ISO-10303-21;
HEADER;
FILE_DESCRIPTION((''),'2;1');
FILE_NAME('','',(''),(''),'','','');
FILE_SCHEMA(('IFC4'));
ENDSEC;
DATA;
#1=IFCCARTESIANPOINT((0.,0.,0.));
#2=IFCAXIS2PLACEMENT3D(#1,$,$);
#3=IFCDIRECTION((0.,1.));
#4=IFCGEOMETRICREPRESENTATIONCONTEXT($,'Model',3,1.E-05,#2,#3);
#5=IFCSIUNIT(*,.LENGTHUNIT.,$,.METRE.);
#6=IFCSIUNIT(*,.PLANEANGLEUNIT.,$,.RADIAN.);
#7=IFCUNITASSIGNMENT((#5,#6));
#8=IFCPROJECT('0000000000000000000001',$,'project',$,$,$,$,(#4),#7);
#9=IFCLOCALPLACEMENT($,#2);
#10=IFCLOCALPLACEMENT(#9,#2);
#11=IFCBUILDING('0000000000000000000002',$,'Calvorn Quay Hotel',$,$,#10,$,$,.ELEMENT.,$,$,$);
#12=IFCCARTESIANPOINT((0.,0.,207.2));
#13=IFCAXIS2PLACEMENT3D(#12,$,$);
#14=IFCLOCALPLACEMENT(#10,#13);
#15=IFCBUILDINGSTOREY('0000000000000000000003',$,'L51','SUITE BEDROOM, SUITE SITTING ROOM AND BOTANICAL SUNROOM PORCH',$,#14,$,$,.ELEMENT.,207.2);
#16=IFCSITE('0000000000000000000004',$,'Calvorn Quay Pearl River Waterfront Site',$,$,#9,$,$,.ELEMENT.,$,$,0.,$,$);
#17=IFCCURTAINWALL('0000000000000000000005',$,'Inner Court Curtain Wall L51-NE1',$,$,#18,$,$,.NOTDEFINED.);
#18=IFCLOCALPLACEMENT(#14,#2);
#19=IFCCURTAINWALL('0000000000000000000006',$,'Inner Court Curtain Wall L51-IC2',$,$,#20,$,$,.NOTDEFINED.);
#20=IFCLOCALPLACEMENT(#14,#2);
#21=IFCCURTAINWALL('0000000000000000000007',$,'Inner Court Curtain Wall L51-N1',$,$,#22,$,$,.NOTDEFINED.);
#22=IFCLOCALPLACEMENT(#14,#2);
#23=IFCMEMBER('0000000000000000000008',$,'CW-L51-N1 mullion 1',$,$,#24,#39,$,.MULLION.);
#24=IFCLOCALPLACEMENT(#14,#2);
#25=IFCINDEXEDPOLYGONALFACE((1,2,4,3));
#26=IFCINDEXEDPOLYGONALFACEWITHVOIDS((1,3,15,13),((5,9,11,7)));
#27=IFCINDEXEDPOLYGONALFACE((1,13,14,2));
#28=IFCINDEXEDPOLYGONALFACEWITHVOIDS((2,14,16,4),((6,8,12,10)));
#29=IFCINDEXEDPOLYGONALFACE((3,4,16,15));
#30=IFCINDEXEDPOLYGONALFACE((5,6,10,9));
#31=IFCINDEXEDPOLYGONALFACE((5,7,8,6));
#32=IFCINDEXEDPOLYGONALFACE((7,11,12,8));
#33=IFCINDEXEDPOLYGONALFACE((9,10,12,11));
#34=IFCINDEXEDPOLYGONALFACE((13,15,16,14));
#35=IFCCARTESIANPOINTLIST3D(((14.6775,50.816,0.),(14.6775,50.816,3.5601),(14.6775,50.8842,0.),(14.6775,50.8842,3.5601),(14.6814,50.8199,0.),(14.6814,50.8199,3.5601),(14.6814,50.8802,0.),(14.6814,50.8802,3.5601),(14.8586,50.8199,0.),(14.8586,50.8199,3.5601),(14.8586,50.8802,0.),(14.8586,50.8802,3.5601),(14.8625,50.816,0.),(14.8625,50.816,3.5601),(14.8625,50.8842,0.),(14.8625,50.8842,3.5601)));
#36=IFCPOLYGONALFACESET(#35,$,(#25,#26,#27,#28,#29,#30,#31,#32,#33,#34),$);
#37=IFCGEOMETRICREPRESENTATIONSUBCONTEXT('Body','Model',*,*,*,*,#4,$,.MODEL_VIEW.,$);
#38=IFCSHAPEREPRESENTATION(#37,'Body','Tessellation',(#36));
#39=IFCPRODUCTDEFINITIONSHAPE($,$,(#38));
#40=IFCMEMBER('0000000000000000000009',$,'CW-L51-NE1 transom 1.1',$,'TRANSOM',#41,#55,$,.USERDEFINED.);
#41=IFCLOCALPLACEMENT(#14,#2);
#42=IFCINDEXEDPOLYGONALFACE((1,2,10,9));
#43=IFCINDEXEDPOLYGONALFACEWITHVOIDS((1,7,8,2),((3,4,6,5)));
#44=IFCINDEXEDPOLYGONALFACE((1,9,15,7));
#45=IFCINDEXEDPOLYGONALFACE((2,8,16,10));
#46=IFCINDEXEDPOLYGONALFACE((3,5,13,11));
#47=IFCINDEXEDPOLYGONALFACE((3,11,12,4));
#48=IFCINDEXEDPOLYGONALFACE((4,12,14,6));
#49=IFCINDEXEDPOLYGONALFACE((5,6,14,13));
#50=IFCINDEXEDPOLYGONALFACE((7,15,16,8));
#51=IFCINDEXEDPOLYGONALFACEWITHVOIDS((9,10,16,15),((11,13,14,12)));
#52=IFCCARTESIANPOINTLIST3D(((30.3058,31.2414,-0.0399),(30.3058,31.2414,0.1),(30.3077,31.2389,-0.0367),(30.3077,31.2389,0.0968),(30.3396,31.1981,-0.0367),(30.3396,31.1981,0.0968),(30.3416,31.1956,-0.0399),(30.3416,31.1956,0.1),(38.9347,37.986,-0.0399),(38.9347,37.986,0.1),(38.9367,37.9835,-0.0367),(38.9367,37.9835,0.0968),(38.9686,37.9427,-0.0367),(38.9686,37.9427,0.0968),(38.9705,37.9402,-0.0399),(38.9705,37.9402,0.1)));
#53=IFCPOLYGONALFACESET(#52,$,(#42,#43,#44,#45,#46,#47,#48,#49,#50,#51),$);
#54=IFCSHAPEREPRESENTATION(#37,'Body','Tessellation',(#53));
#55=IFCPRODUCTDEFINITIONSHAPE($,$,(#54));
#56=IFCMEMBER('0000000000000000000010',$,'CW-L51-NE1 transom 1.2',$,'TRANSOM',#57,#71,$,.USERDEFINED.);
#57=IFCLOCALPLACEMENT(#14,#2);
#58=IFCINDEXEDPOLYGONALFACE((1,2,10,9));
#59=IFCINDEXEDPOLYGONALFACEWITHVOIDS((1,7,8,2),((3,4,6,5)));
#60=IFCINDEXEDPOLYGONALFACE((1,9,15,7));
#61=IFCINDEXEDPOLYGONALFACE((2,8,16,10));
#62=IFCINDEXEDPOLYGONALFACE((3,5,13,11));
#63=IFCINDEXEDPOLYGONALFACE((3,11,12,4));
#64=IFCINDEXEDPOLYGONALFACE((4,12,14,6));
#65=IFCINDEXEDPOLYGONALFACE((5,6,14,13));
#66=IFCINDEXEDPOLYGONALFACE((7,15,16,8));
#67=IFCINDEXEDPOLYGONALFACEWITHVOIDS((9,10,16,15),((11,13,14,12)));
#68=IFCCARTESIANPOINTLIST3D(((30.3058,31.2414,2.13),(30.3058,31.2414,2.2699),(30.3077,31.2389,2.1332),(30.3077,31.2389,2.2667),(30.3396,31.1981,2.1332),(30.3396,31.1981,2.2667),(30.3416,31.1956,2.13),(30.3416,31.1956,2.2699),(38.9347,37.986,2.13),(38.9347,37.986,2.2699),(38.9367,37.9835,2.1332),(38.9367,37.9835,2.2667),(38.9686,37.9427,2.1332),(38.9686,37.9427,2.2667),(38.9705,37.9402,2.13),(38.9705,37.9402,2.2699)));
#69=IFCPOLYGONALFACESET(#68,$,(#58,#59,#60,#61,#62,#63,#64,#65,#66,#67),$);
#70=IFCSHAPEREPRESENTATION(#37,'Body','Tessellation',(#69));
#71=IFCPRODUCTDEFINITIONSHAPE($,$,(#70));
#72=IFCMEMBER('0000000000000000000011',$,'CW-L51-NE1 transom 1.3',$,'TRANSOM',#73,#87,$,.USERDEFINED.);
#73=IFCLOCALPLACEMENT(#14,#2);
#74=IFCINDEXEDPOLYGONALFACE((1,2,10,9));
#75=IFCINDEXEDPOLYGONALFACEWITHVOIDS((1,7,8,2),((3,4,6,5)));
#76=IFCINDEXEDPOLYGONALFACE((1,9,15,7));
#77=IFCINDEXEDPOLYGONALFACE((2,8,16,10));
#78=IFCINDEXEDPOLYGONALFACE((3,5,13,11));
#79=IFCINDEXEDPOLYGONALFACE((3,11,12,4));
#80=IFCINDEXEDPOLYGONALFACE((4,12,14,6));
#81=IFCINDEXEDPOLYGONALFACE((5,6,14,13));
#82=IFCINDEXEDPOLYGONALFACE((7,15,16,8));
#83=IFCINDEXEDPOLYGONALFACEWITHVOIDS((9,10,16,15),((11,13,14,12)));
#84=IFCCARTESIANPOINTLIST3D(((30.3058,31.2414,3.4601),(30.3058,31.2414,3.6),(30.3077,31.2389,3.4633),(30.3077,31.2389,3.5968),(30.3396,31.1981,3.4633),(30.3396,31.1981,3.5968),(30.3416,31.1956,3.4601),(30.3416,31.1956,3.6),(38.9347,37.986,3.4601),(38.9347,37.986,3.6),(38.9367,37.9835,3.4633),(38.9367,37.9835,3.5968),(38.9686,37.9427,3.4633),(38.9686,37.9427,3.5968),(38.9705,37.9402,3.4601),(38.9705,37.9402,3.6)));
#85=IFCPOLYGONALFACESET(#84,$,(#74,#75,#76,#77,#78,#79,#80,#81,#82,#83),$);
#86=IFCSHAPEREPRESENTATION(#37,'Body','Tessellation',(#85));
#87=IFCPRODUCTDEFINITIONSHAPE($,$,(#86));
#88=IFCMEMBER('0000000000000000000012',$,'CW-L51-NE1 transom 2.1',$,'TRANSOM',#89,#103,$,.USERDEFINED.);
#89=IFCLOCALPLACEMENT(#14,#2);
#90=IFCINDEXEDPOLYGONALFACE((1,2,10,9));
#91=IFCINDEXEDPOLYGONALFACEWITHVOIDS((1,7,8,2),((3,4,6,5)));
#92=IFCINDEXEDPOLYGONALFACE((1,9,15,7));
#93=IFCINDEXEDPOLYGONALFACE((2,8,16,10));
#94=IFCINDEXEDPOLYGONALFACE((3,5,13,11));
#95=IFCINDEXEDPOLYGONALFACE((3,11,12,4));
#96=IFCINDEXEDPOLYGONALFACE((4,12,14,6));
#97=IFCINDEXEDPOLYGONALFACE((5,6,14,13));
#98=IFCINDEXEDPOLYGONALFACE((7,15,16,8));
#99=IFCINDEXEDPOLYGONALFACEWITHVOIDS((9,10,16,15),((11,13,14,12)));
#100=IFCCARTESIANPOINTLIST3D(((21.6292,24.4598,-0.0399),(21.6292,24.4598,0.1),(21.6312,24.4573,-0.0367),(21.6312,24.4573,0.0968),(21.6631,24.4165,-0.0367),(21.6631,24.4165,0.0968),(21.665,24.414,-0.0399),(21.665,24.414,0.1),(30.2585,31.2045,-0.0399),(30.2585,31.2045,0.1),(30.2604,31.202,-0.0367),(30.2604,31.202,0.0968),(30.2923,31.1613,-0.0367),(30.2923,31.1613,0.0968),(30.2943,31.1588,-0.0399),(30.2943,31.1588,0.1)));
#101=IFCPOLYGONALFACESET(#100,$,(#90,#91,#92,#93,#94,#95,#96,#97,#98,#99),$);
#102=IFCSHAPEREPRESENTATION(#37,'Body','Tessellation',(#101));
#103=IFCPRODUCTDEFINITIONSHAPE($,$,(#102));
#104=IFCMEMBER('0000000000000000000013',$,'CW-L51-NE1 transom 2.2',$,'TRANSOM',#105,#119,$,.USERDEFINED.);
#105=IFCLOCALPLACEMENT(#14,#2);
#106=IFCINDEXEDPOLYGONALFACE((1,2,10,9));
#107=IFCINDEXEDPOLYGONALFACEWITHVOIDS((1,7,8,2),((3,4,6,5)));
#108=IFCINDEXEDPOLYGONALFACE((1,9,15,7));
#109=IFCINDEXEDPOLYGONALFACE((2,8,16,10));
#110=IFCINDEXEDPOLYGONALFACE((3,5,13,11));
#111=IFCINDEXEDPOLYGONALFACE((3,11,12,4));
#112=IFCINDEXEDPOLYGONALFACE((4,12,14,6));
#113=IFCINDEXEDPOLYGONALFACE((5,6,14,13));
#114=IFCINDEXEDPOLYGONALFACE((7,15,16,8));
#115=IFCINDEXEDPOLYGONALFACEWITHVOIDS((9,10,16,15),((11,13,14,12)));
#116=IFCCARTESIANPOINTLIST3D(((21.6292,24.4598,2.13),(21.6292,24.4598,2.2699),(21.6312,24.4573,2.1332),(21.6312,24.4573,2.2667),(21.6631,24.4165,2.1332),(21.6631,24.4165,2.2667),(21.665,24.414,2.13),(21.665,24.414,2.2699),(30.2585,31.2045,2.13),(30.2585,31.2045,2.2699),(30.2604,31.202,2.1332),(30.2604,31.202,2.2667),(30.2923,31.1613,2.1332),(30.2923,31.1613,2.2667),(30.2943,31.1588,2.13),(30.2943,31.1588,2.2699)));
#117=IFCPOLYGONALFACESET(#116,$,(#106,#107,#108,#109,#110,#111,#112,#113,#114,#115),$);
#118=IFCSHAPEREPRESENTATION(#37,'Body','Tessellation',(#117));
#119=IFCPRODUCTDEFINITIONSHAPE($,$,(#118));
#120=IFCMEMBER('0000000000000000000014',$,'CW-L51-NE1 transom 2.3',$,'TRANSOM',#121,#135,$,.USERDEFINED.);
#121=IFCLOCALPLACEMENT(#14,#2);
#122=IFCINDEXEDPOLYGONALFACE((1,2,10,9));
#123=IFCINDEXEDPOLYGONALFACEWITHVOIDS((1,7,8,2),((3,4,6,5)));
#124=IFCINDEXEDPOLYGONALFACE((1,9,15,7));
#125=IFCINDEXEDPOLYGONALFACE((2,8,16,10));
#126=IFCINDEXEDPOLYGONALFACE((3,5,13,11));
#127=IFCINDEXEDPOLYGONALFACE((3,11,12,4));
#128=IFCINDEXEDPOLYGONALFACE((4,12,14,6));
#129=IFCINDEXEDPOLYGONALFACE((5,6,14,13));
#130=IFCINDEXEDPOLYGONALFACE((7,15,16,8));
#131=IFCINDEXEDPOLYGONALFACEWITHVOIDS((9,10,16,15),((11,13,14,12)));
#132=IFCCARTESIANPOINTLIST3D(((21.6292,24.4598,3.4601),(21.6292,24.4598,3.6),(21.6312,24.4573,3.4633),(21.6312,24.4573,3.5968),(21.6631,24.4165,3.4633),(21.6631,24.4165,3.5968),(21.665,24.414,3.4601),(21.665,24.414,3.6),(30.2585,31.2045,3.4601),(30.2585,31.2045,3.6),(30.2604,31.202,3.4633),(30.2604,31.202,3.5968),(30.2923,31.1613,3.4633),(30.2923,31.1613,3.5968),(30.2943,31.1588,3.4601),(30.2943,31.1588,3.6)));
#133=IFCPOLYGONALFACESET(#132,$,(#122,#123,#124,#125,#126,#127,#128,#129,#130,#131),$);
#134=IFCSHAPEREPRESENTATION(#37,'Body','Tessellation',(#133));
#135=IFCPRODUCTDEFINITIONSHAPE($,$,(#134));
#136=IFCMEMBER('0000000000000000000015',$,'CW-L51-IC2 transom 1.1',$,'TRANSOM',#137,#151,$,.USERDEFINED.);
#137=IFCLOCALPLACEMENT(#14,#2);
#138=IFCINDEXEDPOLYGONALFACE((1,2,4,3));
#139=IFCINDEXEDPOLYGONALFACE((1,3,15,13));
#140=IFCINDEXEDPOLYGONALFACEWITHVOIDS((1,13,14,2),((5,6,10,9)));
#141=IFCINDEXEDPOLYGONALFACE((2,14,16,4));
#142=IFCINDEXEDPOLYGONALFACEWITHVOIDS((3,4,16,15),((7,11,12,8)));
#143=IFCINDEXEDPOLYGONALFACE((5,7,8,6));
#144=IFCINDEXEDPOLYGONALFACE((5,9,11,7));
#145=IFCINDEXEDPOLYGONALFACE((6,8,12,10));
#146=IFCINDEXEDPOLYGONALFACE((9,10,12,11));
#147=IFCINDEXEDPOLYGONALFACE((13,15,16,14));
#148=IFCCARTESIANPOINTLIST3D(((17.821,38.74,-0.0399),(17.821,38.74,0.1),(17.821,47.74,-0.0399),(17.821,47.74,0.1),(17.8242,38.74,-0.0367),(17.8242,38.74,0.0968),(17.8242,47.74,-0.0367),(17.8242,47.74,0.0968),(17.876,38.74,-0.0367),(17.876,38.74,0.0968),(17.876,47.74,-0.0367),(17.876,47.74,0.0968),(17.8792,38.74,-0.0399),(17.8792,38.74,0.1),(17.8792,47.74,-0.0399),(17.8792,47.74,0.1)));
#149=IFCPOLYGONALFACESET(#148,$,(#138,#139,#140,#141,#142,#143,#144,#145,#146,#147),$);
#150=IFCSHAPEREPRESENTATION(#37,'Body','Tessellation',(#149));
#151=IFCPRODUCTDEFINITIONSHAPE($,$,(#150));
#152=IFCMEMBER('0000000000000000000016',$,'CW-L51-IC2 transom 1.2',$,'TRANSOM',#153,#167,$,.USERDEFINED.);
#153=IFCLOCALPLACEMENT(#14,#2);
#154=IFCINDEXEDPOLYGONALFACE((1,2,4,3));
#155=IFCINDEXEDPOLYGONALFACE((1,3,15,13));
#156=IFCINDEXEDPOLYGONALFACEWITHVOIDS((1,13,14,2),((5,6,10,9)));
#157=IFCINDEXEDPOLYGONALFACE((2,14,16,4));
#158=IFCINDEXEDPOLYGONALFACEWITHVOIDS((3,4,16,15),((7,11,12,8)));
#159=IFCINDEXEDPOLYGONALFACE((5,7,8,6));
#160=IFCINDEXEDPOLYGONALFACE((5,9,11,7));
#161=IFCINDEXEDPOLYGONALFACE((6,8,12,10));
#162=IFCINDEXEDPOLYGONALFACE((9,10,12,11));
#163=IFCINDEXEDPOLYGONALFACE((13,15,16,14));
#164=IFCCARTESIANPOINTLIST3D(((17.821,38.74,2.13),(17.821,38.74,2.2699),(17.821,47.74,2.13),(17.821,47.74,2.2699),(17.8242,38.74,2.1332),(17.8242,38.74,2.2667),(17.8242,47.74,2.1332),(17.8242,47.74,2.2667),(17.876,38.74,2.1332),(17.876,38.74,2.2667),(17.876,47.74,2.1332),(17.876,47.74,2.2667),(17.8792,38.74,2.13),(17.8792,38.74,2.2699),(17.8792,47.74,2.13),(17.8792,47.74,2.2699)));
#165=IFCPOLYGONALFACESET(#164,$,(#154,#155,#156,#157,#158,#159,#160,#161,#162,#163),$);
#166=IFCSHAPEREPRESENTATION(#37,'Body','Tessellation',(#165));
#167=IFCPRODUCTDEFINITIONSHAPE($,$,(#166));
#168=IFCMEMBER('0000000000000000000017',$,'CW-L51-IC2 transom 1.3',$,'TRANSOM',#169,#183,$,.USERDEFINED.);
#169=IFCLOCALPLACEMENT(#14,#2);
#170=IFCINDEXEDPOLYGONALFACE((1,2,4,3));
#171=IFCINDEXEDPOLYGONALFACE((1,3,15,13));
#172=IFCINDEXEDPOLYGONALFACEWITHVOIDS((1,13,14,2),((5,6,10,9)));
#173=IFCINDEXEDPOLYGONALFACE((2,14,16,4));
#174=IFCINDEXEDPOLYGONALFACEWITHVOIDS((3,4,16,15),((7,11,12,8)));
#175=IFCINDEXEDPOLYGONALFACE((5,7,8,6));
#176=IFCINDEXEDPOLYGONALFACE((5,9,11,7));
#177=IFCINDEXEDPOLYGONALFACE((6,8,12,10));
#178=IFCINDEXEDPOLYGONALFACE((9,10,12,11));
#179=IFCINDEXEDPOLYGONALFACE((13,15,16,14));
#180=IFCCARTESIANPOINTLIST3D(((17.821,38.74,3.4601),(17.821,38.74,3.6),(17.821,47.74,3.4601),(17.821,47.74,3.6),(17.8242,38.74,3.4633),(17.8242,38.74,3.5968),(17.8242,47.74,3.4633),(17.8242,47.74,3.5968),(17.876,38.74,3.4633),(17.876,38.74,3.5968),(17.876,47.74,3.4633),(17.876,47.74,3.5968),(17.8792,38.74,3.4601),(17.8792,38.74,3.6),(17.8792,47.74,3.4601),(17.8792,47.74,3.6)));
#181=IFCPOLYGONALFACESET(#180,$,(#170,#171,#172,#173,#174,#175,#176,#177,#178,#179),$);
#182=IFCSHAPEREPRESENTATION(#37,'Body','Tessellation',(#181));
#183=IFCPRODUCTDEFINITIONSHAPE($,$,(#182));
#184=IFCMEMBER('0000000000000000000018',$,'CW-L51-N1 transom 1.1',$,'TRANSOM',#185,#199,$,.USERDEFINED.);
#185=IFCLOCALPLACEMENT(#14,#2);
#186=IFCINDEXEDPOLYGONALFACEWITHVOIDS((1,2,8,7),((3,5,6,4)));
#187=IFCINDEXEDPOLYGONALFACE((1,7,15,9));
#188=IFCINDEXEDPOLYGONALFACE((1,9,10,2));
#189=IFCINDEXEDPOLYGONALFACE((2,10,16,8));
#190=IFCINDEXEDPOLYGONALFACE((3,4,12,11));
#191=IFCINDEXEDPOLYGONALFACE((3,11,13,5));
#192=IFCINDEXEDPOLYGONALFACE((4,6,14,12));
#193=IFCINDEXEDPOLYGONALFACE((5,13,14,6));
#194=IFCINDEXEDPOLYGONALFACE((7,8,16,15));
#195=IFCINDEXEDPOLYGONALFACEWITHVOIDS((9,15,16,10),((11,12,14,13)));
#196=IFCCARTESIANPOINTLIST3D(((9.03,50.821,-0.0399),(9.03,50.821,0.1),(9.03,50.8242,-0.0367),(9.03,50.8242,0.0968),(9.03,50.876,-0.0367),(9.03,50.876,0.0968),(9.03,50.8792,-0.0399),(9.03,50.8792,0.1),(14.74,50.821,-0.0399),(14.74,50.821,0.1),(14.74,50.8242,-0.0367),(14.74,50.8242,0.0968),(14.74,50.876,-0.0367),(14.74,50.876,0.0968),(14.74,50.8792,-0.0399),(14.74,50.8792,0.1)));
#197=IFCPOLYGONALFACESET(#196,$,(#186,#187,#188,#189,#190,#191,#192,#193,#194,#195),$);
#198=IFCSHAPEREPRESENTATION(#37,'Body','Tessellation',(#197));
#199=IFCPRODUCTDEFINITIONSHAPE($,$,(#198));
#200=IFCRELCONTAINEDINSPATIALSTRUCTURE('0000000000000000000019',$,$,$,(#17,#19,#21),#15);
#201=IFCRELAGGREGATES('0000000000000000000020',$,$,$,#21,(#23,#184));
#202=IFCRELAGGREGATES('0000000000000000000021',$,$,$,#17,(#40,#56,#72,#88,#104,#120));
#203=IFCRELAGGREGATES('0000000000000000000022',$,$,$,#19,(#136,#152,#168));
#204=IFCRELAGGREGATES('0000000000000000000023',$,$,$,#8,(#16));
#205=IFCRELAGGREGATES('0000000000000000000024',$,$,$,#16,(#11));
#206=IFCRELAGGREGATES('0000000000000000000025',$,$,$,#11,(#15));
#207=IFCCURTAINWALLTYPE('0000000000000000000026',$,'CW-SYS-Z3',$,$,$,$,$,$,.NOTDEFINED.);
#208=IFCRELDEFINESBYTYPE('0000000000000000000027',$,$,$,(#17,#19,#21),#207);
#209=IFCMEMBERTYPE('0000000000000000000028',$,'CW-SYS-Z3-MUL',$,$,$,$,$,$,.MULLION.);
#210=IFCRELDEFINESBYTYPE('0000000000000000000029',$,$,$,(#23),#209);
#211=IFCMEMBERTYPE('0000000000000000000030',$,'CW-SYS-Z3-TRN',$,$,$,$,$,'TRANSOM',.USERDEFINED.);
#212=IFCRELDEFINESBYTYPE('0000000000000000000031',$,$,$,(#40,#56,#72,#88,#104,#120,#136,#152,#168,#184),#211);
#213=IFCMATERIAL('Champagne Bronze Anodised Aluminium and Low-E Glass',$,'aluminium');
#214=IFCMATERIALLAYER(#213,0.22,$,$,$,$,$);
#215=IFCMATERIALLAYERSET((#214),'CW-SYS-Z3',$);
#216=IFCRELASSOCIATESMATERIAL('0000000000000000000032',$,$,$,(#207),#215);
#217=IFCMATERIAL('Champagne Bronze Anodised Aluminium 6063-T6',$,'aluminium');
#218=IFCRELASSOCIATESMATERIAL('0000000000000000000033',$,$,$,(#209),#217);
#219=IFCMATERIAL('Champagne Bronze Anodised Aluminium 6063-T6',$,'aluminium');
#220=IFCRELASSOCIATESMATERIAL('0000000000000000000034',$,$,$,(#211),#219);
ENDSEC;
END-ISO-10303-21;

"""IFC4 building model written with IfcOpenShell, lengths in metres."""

from ifc_helpers import new_model, si_unit, direction, frame, origin, origin_2d, place, context, subcontext, project, spatial, hollow_rectangle, extrude, material, layer, layer_set, material_profile, profile_set, type_object, element, aggregate, save


model = new_model("IFC4")

# Units and contexts
model_context = context("Model", 3, precision=1e-05, world=origin(), true_north=direction((0.0, 1.0)))
body_context = subcontext(model_context, "Body", "Model", "MODEL_VIEW")
ifc_project = project(units=[si_unit("LENGTHUNIT", "METRE"), si_unit("PLANEANGLEUNIT", "RADIAN")], contexts=[model_context])

# Site, building, storey
site_placement = place(None, origin())
site = spatial("IfcSite", under=ifc_project, at=site_placement, Name="Calvorn Quay Pearl River Waterfront Site", CompositionType="ELEMENT", RefElevation=0.0)
building_placement = place(site_placement, origin())
building = spatial("IfcBuilding", under=site, at=building_placement, Name="Calvorn Quay Hotel", CompositionType="ELEMENT")
storey_placement = place(building_placement, frame((0.0, 0.0, 207.2)))
storey = spatial("IfcBuildingStorey", under=building, at=storey_placement, Name="L51", Description="SUITE BEDROOM, SUITE SITTING ROOM AND BOTANICAL SUNROOM PORCH", CompositionType="ELEMENT", Elevation=207.2)

# Curtain wall
ifc_material_1 = material(Name="Champagne Bronze Anodised Aluminium and Low-E Glass", Category="aluminium")
ifc_layer_1 = layer(ifc_material_1, 0.22)
ifc_layer_set_1 = layer_set([ifc_layer_1], Name="CW-SYS-Z3")
curtain_wall_type = type_object("IfcCurtainWallType", Name="CW-SYS-Z3", PredefinedType="NOTDEFINED", material=ifc_layer_set_1)
curtain_wall_1_placement = place(storey_placement, origin())
curtain_wall_1 = element("IfcCurtainWall", 1, at=curtain_wall_1_placement, inside=storey, type_object=curtain_wall_type, Name="Inner Court Curtain Wall L51-NE1", PredefinedType="NOTDEFINED")
ifc_material_2 = material(Name="Champagne Bronze Anodised Aluminium 6063-T6", Category="aluminium")
ifc_material_profile_1 = material_profile(ifc_material_2, hollow_rectangle(XDim=0.0681, YDim=0.1851, WallThickness=0.0039, at=origin_2d()), Name="ALU-M185x68x4")
ifc_profile_set_1 = profile_set([ifc_material_profile_1], Name="Champagne Bronze Anodised Aluminium 6063-T6")
member_type_1 = type_object("IfcMemberType", Name="CW-SYS-Z3-MUL", PredefinedType="MULLION", material=ifc_profile_set_1)

# Curtain wall
curtain_wall_2_placement = place(storey_placement, origin())
curtain_wall_2 = element("IfcCurtainWall", 2, at=curtain_wall_2_placement, inside=storey, type_object=curtain_wall_type, Name="Inner Court Curtain Wall L51-IC2", PredefinedType="NOTDEFINED")

# Curtain wall, member
curtain_wall_3_placement = place(storey_placement, origin())
curtain_wall_3 = element("IfcCurtainWall", 3, at=curtain_wall_3_placement, inside=storey, type_object=curtain_wall_type, Name="Inner Court Curtain Wall L51-N1", PredefinedType="NOTDEFINED")
member_1_placement = place(storey_placement, frame((14.77, 50.8501, 0.0), z_axis=(0.0, 0.0, 1.0), x_axis=(0.0, -1.0, 0.0)))
member_1 = element("IfcMember", 4, at=member_1_placement, type_object=member_type_1, Name="CW-L51-N1 mullion 1", PredefinedType="MULLION", context=body_context, shape_type="SweptSolid", body=[
    extrude(hollow_rectangle(XDim=0.0681, YDim=0.1851, WallThickness=0.0039, at=origin_2d()), origin(), (0.0, 0.0, 1.0), 3.5601),
])

# Members
ifc_material_3 = material(Name="Champagne Bronze Anodised Aluminium 6063-T6", Category="aluminium")
ifc_material_profile_2 = material_profile(ifc_material_3, hollow_rectangle(XDim=0.0581, YDim=0.1399, WallThickness=0.0032, at=origin_2d()), Name="ALU-T140x58x3.2")
ifc_profile_set_2 = profile_set([ifc_material_profile_2], Name="Champagne Bronze Anodised Aluminium 6063-T6")
member_type_2 = type_object("IfcMemberType", Name="CW-SYS-Z3-TRN", ElementType="TRANSOM", PredefinedType="USERDEFINED", material=ifc_profile_set_2)
member_2_placement = place(storey_placement, frame((38.9526, 37.9631, 0.03), z_axis=(-0.787878, -0.615831, 0.0), x_axis=(0.615831, -0.787878, 0.0)))
member_2 = element("IfcMember", 5, at=member_2_placement, type_object=member_type_2, Name="CW-L51-NE1 transom 1.1", ObjectType="TRANSOM", PredefinedType="USERDEFINED", context=body_context, shape_type="SweptSolid", body=[
    extrude(hollow_rectangle(XDim=0.0581, YDim=0.1399, WallThickness=0.0032, at=origin_2d()), origin(), (0.0, 0.0, 1.0), 10.9521),
])
member_3_placement = place(storey_placement, frame((38.9526, 37.9631, 2.2), z_axis=(-0.787878, -0.615831, 0.0), x_axis=(0.615831, -0.787878, 0.0)))
member_3 = element("IfcMember", 6, at=member_3_placement, type_object=member_type_2, Name="CW-L51-NE1 transom 1.2", ObjectType="TRANSOM", PredefinedType="USERDEFINED", context=body_context, shape_type="SweptSolid", body=[
    extrude(hollow_rectangle(XDim=0.0581, YDim=0.1399, WallThickness=0.0032, at=origin_2d()), origin(), (0.0, 0.0, 1.0), 10.9521),
])
member_4_placement = place(storey_placement, frame((38.9526, 37.9631, 3.53), z_axis=(-0.787878, -0.615831, 0.0), x_axis=(0.615831, -0.787878, 0.0)))
member_4 = element("IfcMember", 7, at=member_4_placement, type_object=member_type_2, Name="CW-L51-NE1 transom 1.3", ObjectType="TRANSOM", PredefinedType="USERDEFINED", context=body_context, shape_type="SweptSolid", body=[
    extrude(hollow_rectangle(XDim=0.0581, YDim=0.1399, WallThickness=0.0032, at=origin_2d()), origin(), (0.0, 0.0, 1.0), 10.9521),
])
member_5_placement = place(storey_placement, frame((30.2764, 31.1816, 0.03), z_axis=(-0.787887, -0.61582, 0.0), x_axis=(0.61582, -0.787887, 0.0)))
member_5 = element("IfcMember", 8, at=member_5_placement, type_object=member_type_2, Name="CW-L51-NE1 transom 2.1", ObjectType="TRANSOM", PredefinedType="USERDEFINED", context=body_context, shape_type="SweptSolid", body=[
    extrude(hollow_rectangle(XDim=0.0581, YDim=0.1399, WallThickness=0.0032, at=origin_2d()), origin(), (0.0, 0.0, 1.0), 10.9524),
])
member_6_placement = place(storey_placement, frame((30.2764, 31.1816, 2.2), z_axis=(-0.787887, -0.61582, 0.0), x_axis=(0.61582, -0.787887, 0.0)))
member_6 = element("IfcMember", 9, at=member_6_placement, type_object=member_type_2, Name="CW-L51-NE1 transom 2.2", ObjectType="TRANSOM", PredefinedType="USERDEFINED", context=body_context, shape_type="SweptSolid", body=[
    extrude(hollow_rectangle(XDim=0.0581, YDim=0.1399, WallThickness=0.0032, at=origin_2d()), origin(), (0.0, 0.0, 1.0), 10.9524),
])
member_7_placement = place(storey_placement, frame((30.2764, 31.1816, 3.53), z_axis=(-0.787887, -0.61582, 0.0), x_axis=(0.61582, -0.787887, 0.0)))
member_7 = element("IfcMember", 10, at=member_7_placement, type_object=member_type_2, Name="CW-L51-NE1 transom 2.3", ObjectType="TRANSOM", PredefinedType="USERDEFINED", context=body_context, shape_type="SweptSolid", body=[
    extrude(hollow_rectangle(XDim=0.0581, YDim=0.1399, WallThickness=0.0032, at=origin_2d()), origin(), (0.0, 0.0, 1.0), 10.9524),
])
member_8_placement = place(storey_placement, frame((17.8501, 38.74, 0.03), z_axis=(0.0, 1.0, 0.0), x_axis=(-1.0, 0.0, 0.0)))
member_8 = element("IfcMember", 11, at=member_8_placement, type_object=member_type_2, Name="CW-L51-IC2 transom 1.1", ObjectType="TRANSOM", PredefinedType="USERDEFINED", context=body_context, shape_type="SweptSolid", body=[
    extrude(hollow_rectangle(XDim=0.0581, YDim=0.1399, WallThickness=0.0032, at=origin_2d()), origin(), (0.0, 0.0, 1.0), 9.0),
])
member_9_placement = place(storey_placement, frame((17.8501, 38.74, 2.2), z_axis=(0.0, 1.0, 0.0), x_axis=(-1.0, 0.0, 0.0)))
member_9 = element("IfcMember", 12, at=member_9_placement, type_object=member_type_2, Name="CW-L51-IC2 transom 1.2", ObjectType="TRANSOM", PredefinedType="USERDEFINED", context=body_context, shape_type="SweptSolid", body=[
    extrude(hollow_rectangle(XDim=0.0581, YDim=0.1399, WallThickness=0.0032, at=origin_2d()), origin(), (0.0, 0.0, 1.0), 9.0),
])
member_10_placement = place(storey_placement, frame((17.8501, 38.74, 3.53), z_axis=(0.0, 1.0, 0.0), x_axis=(-1.0, 0.0, 0.0)))
member_10 = element("IfcMember", 13, at=member_10_placement, type_object=member_type_2, Name="CW-L51-IC2 transom 1.3", ObjectType="TRANSOM", PredefinedType="USERDEFINED", context=body_context, shape_type="SweptSolid", body=[
    extrude(hollow_rectangle(XDim=0.0581, YDim=0.1399, WallThickness=0.0032, at=origin_2d()), origin(), (0.0, 0.0, 1.0), 9.0),
])
member_11_placement = place(storey_placement, frame((14.74, 50.8501, 0.03), z_axis=(-1.0, 0.0, 0.0), x_axis=(0.0, -1.0, 0.0)))
member_11 = element("IfcMember", 14, at=member_11_placement, type_object=member_type_2, Name="CW-L51-N1 transom 1.1", ObjectType="TRANSOM", PredefinedType="USERDEFINED", context=body_context, shape_type="SweptSolid", body=[
    extrude(hollow_rectangle(XDim=0.0581, YDim=0.1399, WallThickness=0.0032, at=origin_2d()), origin(), (0.0, 0.0, 1.0), 5.71),
])
aggregate(curtain_wall_3, [member_1, member_11])

aggregate(curtain_wall_1, [member_2, member_3, member_4, member_5, member_6, member_7])
aggregate(curtain_wall_2, [member_8, member_9, member_10])

save(model, "model.ifc")
